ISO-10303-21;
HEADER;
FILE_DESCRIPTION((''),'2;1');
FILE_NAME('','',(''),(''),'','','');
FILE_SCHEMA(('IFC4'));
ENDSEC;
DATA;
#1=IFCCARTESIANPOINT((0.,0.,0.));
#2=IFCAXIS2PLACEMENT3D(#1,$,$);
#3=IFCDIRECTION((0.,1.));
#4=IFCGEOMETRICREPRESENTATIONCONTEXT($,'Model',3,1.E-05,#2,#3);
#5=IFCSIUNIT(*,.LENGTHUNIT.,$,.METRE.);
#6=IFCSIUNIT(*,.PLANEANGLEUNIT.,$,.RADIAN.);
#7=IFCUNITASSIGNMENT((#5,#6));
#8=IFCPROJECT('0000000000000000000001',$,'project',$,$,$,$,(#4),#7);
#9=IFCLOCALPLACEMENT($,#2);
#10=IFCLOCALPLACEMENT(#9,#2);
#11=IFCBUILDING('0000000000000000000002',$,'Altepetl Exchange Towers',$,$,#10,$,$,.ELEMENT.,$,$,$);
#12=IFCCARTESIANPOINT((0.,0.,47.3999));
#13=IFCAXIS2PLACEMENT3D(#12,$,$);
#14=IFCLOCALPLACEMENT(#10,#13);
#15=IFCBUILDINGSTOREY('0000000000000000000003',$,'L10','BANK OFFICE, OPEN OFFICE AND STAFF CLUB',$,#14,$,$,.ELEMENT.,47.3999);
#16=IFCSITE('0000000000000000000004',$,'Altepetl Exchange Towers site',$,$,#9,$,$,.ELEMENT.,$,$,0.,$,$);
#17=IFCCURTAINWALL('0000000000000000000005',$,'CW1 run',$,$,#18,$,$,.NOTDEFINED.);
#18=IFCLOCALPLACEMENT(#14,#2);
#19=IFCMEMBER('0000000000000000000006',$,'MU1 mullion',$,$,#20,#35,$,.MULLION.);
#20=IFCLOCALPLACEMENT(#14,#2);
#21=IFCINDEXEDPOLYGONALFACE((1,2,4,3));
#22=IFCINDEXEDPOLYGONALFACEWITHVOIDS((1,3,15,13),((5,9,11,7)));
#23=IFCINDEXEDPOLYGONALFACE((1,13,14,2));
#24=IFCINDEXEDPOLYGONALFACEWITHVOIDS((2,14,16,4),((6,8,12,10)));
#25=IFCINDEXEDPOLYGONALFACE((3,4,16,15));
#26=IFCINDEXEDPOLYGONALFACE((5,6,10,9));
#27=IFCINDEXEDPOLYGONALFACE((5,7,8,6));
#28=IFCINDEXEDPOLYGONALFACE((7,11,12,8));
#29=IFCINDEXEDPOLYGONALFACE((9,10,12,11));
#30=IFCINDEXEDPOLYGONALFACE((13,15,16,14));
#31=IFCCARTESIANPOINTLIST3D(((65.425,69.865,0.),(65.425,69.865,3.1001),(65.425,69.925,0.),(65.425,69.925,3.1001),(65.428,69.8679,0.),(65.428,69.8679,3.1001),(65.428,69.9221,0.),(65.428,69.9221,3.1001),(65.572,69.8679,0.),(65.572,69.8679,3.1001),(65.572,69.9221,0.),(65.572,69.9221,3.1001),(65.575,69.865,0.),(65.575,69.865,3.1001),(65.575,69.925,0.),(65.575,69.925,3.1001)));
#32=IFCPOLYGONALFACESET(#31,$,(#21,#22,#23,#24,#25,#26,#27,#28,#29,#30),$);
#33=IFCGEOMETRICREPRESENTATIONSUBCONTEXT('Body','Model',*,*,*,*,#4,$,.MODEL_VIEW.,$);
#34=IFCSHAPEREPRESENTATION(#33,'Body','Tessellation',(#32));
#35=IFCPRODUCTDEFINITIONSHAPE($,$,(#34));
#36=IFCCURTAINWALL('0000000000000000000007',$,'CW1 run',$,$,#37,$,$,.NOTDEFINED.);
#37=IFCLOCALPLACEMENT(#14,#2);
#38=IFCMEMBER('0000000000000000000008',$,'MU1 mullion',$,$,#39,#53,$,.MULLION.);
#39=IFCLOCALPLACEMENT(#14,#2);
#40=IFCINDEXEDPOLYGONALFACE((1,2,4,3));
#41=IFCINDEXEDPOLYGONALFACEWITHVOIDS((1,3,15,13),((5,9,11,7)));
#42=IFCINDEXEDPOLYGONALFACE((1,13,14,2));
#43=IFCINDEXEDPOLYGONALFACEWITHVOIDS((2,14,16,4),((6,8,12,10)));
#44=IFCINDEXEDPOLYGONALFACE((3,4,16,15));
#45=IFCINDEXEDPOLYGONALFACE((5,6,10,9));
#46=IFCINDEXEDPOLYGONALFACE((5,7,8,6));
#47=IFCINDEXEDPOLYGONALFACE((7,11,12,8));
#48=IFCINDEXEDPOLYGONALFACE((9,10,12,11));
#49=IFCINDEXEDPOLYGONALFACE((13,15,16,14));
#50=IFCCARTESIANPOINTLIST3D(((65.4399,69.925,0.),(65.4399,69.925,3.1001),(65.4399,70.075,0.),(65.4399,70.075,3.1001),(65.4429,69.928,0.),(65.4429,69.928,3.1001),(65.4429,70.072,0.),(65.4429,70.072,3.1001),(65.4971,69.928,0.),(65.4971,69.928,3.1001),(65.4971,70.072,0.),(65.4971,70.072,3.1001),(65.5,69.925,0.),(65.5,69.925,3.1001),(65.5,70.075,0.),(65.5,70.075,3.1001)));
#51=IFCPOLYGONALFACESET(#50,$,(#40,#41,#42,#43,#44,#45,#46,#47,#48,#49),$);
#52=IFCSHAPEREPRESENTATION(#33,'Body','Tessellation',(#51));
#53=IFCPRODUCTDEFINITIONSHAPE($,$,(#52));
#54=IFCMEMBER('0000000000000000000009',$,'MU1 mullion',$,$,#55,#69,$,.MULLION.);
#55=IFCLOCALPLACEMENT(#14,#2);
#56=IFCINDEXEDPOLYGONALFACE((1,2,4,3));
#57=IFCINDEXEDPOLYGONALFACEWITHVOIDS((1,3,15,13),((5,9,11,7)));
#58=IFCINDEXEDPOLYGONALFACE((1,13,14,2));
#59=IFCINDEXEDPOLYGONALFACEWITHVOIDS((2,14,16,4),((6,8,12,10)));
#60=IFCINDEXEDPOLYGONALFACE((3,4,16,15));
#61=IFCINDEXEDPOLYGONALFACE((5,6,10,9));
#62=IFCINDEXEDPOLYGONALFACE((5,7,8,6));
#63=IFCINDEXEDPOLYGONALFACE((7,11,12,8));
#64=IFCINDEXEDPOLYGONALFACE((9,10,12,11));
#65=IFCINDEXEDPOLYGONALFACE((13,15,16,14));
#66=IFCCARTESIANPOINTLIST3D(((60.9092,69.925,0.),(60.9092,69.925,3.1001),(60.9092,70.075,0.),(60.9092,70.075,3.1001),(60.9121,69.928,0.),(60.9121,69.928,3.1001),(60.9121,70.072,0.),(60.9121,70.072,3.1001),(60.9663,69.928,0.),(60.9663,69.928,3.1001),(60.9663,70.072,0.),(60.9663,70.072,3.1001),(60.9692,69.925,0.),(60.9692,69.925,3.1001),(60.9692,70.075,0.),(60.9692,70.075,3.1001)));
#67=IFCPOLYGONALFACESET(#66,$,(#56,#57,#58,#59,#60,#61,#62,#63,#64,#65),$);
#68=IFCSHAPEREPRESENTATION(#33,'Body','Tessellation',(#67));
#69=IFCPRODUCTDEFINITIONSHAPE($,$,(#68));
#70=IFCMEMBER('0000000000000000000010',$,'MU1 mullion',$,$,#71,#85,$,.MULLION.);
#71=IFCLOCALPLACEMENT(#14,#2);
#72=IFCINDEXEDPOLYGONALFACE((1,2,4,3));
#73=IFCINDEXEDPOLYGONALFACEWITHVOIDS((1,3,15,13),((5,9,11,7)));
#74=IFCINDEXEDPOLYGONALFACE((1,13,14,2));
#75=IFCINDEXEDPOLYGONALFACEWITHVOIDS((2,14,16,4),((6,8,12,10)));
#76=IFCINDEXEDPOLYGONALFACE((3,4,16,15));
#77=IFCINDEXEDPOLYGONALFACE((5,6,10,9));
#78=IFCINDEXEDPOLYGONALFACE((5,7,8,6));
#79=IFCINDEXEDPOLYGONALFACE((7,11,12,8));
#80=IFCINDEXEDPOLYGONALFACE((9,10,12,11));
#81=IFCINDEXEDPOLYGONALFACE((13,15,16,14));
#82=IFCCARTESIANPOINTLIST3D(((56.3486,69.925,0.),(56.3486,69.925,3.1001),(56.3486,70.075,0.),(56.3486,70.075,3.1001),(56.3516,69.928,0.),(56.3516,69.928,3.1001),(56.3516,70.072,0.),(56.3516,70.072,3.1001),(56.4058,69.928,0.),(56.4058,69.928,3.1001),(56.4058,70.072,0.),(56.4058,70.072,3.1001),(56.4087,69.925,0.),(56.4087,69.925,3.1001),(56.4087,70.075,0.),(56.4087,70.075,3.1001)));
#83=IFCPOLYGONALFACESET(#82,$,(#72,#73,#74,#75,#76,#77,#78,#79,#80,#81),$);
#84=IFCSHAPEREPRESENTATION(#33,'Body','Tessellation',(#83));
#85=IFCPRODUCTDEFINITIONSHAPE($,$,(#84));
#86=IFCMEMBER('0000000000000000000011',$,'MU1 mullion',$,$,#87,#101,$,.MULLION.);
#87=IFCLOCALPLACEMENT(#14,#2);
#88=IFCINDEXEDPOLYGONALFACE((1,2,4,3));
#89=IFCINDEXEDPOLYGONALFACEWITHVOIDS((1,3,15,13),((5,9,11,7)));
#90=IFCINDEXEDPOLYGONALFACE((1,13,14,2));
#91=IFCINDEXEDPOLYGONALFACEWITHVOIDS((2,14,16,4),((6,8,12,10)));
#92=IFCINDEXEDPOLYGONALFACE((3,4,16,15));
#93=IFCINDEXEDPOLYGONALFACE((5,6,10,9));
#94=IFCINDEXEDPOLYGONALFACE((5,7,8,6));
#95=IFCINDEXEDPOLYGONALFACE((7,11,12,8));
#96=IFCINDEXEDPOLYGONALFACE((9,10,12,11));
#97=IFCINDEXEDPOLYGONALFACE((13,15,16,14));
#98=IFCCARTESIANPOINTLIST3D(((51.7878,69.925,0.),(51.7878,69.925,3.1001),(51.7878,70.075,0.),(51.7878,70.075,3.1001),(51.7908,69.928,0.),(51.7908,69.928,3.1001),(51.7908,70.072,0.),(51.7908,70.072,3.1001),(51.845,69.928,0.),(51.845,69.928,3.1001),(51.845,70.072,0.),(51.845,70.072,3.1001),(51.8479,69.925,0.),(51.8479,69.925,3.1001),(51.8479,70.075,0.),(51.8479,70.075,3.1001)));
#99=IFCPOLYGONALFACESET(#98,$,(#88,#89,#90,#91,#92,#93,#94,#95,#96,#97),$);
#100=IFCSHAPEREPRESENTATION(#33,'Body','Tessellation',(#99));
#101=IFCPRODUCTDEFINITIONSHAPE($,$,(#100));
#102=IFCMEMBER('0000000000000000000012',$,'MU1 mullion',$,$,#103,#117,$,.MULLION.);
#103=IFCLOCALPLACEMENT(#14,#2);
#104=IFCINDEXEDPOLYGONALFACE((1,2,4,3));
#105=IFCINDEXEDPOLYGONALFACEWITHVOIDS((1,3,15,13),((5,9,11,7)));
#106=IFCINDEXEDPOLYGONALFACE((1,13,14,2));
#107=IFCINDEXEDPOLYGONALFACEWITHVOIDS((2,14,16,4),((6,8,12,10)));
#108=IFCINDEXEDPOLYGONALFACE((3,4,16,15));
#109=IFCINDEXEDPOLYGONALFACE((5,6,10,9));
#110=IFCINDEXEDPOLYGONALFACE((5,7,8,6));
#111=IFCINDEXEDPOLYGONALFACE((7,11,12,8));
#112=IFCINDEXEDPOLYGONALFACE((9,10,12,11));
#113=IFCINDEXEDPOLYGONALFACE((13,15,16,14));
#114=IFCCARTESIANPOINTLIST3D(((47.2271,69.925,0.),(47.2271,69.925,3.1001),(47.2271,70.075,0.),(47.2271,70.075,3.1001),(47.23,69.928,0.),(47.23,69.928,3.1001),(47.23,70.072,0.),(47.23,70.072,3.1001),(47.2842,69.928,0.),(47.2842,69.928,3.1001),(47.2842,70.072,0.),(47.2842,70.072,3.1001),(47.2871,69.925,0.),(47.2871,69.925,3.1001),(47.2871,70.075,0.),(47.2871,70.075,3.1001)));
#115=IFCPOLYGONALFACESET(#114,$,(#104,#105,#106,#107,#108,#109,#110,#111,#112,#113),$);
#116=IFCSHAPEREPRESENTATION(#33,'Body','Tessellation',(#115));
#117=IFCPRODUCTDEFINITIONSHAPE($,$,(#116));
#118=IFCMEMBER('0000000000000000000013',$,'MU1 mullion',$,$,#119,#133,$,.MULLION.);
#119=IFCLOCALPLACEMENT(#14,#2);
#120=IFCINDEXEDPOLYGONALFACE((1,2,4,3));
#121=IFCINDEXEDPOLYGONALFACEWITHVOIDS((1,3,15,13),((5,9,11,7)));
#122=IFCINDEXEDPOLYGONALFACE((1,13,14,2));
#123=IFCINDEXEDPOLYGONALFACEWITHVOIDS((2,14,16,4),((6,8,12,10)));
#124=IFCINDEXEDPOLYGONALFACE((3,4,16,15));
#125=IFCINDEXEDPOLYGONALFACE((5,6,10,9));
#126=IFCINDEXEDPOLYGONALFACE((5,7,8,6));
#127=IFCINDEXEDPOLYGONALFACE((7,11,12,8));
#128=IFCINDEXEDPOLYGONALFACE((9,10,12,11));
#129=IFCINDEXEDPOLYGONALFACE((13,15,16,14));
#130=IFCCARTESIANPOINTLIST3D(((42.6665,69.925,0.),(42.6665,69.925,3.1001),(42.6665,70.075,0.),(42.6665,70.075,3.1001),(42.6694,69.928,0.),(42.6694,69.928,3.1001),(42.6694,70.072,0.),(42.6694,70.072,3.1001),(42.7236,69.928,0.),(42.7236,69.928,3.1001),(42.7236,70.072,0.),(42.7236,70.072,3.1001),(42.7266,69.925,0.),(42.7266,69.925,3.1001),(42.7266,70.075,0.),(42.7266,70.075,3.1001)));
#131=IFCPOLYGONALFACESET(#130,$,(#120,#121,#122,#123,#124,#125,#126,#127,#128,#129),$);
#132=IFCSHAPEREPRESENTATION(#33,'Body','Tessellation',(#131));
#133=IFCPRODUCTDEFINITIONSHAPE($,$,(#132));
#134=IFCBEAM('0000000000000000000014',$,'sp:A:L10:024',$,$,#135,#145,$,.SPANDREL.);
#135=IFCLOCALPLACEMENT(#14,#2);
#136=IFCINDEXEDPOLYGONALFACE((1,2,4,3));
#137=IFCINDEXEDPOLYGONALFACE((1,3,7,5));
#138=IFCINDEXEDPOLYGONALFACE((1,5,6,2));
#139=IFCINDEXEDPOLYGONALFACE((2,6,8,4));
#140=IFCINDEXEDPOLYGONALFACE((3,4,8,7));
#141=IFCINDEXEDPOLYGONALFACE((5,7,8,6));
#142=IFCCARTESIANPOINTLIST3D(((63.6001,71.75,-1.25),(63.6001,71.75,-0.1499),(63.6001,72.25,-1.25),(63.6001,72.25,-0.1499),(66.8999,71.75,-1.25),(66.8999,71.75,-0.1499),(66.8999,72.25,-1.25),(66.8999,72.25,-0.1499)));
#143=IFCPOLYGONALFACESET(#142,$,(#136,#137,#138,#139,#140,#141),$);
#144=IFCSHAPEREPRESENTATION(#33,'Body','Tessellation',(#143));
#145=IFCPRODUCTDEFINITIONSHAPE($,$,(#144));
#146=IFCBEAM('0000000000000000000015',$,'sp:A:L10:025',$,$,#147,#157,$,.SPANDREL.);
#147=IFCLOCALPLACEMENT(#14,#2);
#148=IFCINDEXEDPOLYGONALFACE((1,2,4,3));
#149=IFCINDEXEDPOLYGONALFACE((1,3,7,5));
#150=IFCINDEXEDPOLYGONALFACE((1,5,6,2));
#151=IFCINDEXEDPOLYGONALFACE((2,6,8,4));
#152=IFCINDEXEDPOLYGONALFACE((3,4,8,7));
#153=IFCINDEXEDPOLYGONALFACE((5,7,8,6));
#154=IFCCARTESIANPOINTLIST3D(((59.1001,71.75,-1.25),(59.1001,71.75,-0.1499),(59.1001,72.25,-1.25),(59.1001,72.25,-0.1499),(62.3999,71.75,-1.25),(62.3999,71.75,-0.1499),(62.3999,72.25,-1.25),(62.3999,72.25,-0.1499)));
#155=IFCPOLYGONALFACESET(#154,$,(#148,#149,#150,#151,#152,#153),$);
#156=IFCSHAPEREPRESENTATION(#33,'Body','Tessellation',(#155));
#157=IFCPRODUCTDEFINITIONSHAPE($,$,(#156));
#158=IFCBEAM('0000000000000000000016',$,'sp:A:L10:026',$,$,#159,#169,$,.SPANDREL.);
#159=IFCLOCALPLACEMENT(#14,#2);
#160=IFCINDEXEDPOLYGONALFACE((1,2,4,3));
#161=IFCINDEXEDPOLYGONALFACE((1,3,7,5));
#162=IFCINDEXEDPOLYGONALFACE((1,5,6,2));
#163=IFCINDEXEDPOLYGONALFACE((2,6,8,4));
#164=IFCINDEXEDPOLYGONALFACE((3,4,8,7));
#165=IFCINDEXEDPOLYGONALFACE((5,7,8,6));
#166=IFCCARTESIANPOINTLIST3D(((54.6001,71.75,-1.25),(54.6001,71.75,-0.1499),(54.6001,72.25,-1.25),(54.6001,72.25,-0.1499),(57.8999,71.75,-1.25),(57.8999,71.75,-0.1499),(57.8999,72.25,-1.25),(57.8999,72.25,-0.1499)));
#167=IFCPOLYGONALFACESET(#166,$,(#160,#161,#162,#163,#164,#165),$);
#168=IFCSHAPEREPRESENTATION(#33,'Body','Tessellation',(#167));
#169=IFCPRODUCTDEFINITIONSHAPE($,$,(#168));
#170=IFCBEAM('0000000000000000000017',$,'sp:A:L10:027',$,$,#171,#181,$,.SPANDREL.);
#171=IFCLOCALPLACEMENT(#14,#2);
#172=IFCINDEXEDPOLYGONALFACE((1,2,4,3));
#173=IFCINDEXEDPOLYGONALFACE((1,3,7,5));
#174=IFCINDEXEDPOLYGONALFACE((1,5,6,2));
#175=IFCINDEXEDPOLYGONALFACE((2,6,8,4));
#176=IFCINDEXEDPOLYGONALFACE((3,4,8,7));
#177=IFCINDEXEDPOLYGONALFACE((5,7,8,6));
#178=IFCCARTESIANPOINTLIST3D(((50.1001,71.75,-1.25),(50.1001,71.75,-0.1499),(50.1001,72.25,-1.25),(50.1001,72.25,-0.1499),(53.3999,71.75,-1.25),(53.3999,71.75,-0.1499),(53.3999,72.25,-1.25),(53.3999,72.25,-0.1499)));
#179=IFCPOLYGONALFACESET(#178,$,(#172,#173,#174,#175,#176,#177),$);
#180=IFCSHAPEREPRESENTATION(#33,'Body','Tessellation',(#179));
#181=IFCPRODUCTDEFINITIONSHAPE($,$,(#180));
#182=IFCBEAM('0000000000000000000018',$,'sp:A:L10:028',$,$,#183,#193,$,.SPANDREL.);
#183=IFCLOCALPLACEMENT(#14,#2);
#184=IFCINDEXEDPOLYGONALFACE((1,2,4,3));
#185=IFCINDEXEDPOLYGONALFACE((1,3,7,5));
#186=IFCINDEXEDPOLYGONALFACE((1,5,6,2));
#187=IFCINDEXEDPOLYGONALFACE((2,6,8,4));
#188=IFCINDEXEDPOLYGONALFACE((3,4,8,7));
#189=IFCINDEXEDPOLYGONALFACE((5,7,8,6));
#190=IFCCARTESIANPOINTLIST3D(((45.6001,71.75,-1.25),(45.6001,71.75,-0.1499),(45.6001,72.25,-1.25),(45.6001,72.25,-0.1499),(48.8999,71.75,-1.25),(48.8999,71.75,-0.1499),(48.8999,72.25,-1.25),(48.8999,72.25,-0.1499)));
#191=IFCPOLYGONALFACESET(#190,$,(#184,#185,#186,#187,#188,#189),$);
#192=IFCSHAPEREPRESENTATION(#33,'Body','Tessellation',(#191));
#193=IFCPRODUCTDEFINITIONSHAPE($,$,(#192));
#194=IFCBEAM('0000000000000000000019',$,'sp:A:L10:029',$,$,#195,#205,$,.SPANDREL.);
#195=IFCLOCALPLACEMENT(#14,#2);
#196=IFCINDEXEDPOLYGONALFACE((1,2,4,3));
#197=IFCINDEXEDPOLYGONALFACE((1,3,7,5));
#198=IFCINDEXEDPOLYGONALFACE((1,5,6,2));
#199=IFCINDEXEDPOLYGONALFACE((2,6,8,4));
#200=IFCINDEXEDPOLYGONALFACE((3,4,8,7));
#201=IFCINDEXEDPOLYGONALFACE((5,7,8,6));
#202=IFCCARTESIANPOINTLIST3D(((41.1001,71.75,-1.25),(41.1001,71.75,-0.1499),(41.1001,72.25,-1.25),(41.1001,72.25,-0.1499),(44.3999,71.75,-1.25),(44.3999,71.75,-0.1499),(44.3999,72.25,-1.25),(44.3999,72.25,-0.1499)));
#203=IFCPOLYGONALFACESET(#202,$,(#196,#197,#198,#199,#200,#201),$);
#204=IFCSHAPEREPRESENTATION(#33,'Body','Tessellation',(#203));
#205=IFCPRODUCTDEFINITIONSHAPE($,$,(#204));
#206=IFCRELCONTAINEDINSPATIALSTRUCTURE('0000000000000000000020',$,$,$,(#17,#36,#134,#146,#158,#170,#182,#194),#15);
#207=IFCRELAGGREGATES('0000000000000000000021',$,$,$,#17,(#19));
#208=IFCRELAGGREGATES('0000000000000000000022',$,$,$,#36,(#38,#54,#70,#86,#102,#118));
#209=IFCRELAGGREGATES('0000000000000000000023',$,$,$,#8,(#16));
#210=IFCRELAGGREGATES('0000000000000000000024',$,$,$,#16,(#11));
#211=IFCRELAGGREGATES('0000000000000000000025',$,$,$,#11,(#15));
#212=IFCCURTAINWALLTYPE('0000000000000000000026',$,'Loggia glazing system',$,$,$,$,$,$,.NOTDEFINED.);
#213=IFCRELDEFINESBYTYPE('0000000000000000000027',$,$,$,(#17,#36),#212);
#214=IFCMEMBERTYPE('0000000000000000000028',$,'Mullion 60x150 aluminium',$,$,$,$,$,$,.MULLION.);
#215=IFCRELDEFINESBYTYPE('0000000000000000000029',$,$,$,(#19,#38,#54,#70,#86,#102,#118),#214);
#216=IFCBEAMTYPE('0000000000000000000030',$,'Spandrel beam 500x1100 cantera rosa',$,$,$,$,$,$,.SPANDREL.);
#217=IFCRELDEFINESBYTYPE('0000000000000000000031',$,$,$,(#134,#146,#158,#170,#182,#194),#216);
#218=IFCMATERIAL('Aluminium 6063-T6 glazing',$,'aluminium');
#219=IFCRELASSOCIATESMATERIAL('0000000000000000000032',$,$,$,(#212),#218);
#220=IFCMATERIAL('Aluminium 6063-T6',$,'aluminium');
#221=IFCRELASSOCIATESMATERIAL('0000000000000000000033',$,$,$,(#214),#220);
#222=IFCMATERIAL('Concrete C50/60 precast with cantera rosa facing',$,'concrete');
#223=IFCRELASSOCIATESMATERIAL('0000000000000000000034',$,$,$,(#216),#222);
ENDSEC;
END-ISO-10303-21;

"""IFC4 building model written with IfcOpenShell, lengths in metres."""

from ifc_helpers import new_model, si_unit, direction, frame, origin, origin_2d, place, context, subcontext, project, spatial, rectangle, hollow_rectangle, extrude, material, material_profile, profile_set, type_object, element, aggregate, save


model = new_model("IFC4")

# Units and contexts
model_context = context("Model", 3, precision=1e-05, world=origin(), true_north=direction((0.0, 1.0)))
body_context = subcontext(model_context, "Body", "Model", "MODEL_VIEW")
ifc_project = project(units=[si_unit("LENGTHUNIT", "METRE"), si_unit("PLANEANGLEUNIT", "RADIAN")], contexts=[model_context])

# Site, building, storey
site_placement = place(None, origin())
site = spatial("IfcSite", under=ifc_project, at=site_placement, Name="Altepetl Exchange Towers site", CompositionType="ELEMENT", RefElevation=0.0)
building_placement = place(site_placement, origin())
building = spatial("IfcBuilding", under=site, at=building_placement, Name="Altepetl Exchange Towers", CompositionType="ELEMENT")
storey_placement = place(building_placement, frame((0.0, 0.0, 47.3999)))
storey = spatial("IfcBuildingStorey", under=building, at=storey_placement, Name="L10", Description="BANK OFFICE, OPEN OFFICE AND STAFF CLUB", CompositionType="ELEMENT", Elevation=47.3999)

# Shared definitions
ifc_material_1 = material(Name="Aluminium 6063-T6 glazing", Category="aluminium")
curtain_wall_type = type_object("IfcCurtainWallType", Name="Loggia glazing system", PredefinedType="NOTDEFINED", material=ifc_material_1)
ifc_material_2 = material(Name="Aluminium 6063-T6", Category="aluminium")
ifc_material_profile_1 = material_profile(ifc_material_2, hollow_rectangle(XDim=0.0601, YDim=0.1499, WallThickness=0.0029, at=origin_2d()), Name="Mullion 60x150 aluminium")
ifc_profile_set_1 = profile_set([ifc_material_profile_1], Name="Aluminium 6063-T6")
member_type = type_object("IfcMemberType", Name="Mullion 60x150 aluminium", PredefinedType="MULLION", material=ifc_profile_set_1)

# Curtain walls, members
curtain_wall_1_placement = place(storey_placement, origin())
curtain_wall_1 = element("IfcCurtainWall", 1, at=curtain_wall_1_placement, inside=storey, type_object=curtain_wall_type, Name="CW1 run", PredefinedType="NOTDEFINED")
member_1_placement = place(storey_placement, frame((65.5, 69.895, 0.0), z_axis=(0.0, 0.0, 1.0), x_axis=(0.0, 1.0, 0.0)))
member_1 = element("IfcMember", 2, at=member_1_placement, type_object=member_type, Name="MU1 mullion", PredefinedType="MULLION", context=body_context, shape_type="SweptSolid", body=[
    extrude(hollow_rectangle(XDim=0.0601, YDim=0.1499, WallThickness=0.0029, at=origin_2d()), origin(), (0.0, 0.0, 1.0), 3.1001),
])
curtain_wall_2_placement = place(storey_placement, origin())
curtain_wall_2 = element("IfcCurtainWall", 3, at=curtain_wall_2_placement, inside=storey, type_object=curtain_wall_type, Name="CW1 run", PredefinedType="NOTDEFINED")
member_2_placement = place(storey_placement, frame((65.47, 70.0, 0.0), z_axis=(0.0, 0.0, 1.0), x_axis=(-1.0, 0.0, 0.0)))
member_2 = element("IfcMember", 4, at=member_2_placement, type_object=member_type, Name="MU1 mullion", PredefinedType="MULLION", context=body_context, shape_type="SweptSolid", body=[
    extrude(hollow_rectangle(XDim=0.0601, YDim=0.1499, WallThickness=0.0029, at=origin_2d()), origin(), (0.0, 0.0, 1.0), 3.1001),
])
member_3_placement = place(storey_placement, frame((60.9392, 70.0, 0.0), z_axis=(0.0, 0.0, 1.0), x_axis=(-1.0, 0.0, 0.0)))
member_3 = element("IfcMember", 5, at=member_3_placement, type_object=member_type, Name="MU1 mullion", PredefinedType="MULLION", context=body_context, shape_type="SweptSolid", body=[
    extrude(hollow_rectangle(XDim=0.0601, YDim=0.1499, WallThickness=0.0029, at=origin_2d()), origin(), (0.0, 0.0, 1.0), 3.1001),
])
member_4_placement = place(storey_placement, frame((56.3787, 70.0, 0.0), z_axis=(0.0, 0.0, 1.0), x_axis=(-1.0, 0.0, 0.0)))
member_4 = element("IfcMember", 6, at=member_4_placement, type_object=member_type, Name="MU1 mullion", PredefinedType="MULLION", context=body_context, shape_type="SweptSolid", body=[
    extrude(hollow_rectangle(XDim=0.0601, YDim=0.1499, WallThickness=0.0029, at=origin_2d()), origin(), (0.0, 0.0, 1.0), 3.1001),
])
member_5_placement = place(storey_placement, frame((51.8179, 70.0, 0.0), z_axis=(0.0, 0.0, 1.0), x_axis=(-1.0, 0.0, 0.0)))
member_5 = element("IfcMember", 7, at=member_5_placement, type_object=member_type, Name="MU1 mullion", PredefinedType="MULLION", context=body_context, shape_type="SweptSolid", body=[
    extrude(hollow_rectangle(XDim=0.0601, YDim=0.1499, WallThickness=0.0029, at=origin_2d()), origin(), (0.0, 0.0, 1.0), 3.1001),
])
member_6_placement = place(storey_placement, frame((47.2571, 70.0, 0.0), z_axis=(0.0, 0.0, 1.0), x_axis=(-1.0, 0.0, 0.0)))
member_6 = element("IfcMember", 8, at=member_6_placement, type_object=member_type, Name="MU1 mullion", PredefinedType="MULLION", context=body_context, shape_type="SweptSolid", body=[
    extrude(hollow_rectangle(XDim=0.0601, YDim=0.1499, WallThickness=0.0029, at=origin_2d()), origin(), (0.0, 0.0, 1.0), 3.1001),
])
member_7_placement = place(storey_placement, frame((42.6965, 70.0, 0.0), z_axis=(0.0, 0.0, 1.0), x_axis=(-1.0, 0.0, 0.0)))
member_7 = element("IfcMember", 9, at=member_7_placement, type_object=member_type, Name="MU1 mullion", PredefinedType="MULLION", context=body_context, shape_type="SweptSolid", body=[
    extrude(hollow_rectangle(XDim=0.0601, YDim=0.1499, WallThickness=0.0029, at=origin_2d()), origin(), (0.0, 0.0, 1.0), 3.1001),
])

# Beams
ifc_material_3 = material(Name="Concrete C50/60 precast with cantera rosa facing", Category="concrete")
ifc_material_profile_2 = material_profile(ifc_material_3, rectangle(XDim=0.5, YDim=1.1001, at=origin_2d()), Name="500 x 1100")
ifc_profile_set_2 = profile_set([ifc_material_profile_2], Name="Concrete C50/60 precast with cantera rosa facing")
beam_type_1 = type_object("IfcBeamType", Name="Spandrel beam 500x1100 cantera rosa", PredefinedType="SPANDREL", material=ifc_profile_set_2)
for number, where, z_axis, x_axis, name in (
    (10, (66.8999, 72.0, -0.7), (-1.0, 0.0, 0.0), (0.0, -1.0, 0.0), "sp:A:L10:024"),
    (11, (62.3999, 72.0, -0.7), (-1.0, 0.0, 0.0), (0.0, -1.0, 0.0), "sp:A:L10:025"),
    (12, (57.8999, 72.0, -0.7), (-1.0, 0.0, 0.0), (0.0, -1.0, 0.0), "sp:A:L10:026"),
    (13, (53.3999, 72.0, -0.7), (-1.0, 0.0, 0.0), (0.0, -1.0, 0.0), "sp:A:L10:027"),
    (14, (48.8999, 72.0, -0.7), (-1.0, 0.0, 0.0), (0.0, -1.0, 0.0), "sp:A:L10:028"),
    (15, (44.3999, 72.0, -0.7), (-1.0, 0.0, 0.0), (0.0, -1.0, 0.0), "sp:A:L10:029"),
):
    element("IfcBeam", number, at=place(storey_placement, frame(where, z_axis=z_axis, x_axis=x_axis)), inside=storey, type_object=beam_type_1, Name=name, PredefinedType="SPANDREL", context=body_context, shape_type="SweptSolid", body=[
        extrude(rectangle(XDim=0.5, YDim=1.1001, at=origin_2d()), origin(), (0.0, 0.0, 1.0), 3.2998),
    ])

aggregate(curtain_wall_1, [member_1])
aggregate(curtain_wall_2, [member_2, member_3, member_4, member_5, member_6, member_7])

save(model, "model.ifc")
